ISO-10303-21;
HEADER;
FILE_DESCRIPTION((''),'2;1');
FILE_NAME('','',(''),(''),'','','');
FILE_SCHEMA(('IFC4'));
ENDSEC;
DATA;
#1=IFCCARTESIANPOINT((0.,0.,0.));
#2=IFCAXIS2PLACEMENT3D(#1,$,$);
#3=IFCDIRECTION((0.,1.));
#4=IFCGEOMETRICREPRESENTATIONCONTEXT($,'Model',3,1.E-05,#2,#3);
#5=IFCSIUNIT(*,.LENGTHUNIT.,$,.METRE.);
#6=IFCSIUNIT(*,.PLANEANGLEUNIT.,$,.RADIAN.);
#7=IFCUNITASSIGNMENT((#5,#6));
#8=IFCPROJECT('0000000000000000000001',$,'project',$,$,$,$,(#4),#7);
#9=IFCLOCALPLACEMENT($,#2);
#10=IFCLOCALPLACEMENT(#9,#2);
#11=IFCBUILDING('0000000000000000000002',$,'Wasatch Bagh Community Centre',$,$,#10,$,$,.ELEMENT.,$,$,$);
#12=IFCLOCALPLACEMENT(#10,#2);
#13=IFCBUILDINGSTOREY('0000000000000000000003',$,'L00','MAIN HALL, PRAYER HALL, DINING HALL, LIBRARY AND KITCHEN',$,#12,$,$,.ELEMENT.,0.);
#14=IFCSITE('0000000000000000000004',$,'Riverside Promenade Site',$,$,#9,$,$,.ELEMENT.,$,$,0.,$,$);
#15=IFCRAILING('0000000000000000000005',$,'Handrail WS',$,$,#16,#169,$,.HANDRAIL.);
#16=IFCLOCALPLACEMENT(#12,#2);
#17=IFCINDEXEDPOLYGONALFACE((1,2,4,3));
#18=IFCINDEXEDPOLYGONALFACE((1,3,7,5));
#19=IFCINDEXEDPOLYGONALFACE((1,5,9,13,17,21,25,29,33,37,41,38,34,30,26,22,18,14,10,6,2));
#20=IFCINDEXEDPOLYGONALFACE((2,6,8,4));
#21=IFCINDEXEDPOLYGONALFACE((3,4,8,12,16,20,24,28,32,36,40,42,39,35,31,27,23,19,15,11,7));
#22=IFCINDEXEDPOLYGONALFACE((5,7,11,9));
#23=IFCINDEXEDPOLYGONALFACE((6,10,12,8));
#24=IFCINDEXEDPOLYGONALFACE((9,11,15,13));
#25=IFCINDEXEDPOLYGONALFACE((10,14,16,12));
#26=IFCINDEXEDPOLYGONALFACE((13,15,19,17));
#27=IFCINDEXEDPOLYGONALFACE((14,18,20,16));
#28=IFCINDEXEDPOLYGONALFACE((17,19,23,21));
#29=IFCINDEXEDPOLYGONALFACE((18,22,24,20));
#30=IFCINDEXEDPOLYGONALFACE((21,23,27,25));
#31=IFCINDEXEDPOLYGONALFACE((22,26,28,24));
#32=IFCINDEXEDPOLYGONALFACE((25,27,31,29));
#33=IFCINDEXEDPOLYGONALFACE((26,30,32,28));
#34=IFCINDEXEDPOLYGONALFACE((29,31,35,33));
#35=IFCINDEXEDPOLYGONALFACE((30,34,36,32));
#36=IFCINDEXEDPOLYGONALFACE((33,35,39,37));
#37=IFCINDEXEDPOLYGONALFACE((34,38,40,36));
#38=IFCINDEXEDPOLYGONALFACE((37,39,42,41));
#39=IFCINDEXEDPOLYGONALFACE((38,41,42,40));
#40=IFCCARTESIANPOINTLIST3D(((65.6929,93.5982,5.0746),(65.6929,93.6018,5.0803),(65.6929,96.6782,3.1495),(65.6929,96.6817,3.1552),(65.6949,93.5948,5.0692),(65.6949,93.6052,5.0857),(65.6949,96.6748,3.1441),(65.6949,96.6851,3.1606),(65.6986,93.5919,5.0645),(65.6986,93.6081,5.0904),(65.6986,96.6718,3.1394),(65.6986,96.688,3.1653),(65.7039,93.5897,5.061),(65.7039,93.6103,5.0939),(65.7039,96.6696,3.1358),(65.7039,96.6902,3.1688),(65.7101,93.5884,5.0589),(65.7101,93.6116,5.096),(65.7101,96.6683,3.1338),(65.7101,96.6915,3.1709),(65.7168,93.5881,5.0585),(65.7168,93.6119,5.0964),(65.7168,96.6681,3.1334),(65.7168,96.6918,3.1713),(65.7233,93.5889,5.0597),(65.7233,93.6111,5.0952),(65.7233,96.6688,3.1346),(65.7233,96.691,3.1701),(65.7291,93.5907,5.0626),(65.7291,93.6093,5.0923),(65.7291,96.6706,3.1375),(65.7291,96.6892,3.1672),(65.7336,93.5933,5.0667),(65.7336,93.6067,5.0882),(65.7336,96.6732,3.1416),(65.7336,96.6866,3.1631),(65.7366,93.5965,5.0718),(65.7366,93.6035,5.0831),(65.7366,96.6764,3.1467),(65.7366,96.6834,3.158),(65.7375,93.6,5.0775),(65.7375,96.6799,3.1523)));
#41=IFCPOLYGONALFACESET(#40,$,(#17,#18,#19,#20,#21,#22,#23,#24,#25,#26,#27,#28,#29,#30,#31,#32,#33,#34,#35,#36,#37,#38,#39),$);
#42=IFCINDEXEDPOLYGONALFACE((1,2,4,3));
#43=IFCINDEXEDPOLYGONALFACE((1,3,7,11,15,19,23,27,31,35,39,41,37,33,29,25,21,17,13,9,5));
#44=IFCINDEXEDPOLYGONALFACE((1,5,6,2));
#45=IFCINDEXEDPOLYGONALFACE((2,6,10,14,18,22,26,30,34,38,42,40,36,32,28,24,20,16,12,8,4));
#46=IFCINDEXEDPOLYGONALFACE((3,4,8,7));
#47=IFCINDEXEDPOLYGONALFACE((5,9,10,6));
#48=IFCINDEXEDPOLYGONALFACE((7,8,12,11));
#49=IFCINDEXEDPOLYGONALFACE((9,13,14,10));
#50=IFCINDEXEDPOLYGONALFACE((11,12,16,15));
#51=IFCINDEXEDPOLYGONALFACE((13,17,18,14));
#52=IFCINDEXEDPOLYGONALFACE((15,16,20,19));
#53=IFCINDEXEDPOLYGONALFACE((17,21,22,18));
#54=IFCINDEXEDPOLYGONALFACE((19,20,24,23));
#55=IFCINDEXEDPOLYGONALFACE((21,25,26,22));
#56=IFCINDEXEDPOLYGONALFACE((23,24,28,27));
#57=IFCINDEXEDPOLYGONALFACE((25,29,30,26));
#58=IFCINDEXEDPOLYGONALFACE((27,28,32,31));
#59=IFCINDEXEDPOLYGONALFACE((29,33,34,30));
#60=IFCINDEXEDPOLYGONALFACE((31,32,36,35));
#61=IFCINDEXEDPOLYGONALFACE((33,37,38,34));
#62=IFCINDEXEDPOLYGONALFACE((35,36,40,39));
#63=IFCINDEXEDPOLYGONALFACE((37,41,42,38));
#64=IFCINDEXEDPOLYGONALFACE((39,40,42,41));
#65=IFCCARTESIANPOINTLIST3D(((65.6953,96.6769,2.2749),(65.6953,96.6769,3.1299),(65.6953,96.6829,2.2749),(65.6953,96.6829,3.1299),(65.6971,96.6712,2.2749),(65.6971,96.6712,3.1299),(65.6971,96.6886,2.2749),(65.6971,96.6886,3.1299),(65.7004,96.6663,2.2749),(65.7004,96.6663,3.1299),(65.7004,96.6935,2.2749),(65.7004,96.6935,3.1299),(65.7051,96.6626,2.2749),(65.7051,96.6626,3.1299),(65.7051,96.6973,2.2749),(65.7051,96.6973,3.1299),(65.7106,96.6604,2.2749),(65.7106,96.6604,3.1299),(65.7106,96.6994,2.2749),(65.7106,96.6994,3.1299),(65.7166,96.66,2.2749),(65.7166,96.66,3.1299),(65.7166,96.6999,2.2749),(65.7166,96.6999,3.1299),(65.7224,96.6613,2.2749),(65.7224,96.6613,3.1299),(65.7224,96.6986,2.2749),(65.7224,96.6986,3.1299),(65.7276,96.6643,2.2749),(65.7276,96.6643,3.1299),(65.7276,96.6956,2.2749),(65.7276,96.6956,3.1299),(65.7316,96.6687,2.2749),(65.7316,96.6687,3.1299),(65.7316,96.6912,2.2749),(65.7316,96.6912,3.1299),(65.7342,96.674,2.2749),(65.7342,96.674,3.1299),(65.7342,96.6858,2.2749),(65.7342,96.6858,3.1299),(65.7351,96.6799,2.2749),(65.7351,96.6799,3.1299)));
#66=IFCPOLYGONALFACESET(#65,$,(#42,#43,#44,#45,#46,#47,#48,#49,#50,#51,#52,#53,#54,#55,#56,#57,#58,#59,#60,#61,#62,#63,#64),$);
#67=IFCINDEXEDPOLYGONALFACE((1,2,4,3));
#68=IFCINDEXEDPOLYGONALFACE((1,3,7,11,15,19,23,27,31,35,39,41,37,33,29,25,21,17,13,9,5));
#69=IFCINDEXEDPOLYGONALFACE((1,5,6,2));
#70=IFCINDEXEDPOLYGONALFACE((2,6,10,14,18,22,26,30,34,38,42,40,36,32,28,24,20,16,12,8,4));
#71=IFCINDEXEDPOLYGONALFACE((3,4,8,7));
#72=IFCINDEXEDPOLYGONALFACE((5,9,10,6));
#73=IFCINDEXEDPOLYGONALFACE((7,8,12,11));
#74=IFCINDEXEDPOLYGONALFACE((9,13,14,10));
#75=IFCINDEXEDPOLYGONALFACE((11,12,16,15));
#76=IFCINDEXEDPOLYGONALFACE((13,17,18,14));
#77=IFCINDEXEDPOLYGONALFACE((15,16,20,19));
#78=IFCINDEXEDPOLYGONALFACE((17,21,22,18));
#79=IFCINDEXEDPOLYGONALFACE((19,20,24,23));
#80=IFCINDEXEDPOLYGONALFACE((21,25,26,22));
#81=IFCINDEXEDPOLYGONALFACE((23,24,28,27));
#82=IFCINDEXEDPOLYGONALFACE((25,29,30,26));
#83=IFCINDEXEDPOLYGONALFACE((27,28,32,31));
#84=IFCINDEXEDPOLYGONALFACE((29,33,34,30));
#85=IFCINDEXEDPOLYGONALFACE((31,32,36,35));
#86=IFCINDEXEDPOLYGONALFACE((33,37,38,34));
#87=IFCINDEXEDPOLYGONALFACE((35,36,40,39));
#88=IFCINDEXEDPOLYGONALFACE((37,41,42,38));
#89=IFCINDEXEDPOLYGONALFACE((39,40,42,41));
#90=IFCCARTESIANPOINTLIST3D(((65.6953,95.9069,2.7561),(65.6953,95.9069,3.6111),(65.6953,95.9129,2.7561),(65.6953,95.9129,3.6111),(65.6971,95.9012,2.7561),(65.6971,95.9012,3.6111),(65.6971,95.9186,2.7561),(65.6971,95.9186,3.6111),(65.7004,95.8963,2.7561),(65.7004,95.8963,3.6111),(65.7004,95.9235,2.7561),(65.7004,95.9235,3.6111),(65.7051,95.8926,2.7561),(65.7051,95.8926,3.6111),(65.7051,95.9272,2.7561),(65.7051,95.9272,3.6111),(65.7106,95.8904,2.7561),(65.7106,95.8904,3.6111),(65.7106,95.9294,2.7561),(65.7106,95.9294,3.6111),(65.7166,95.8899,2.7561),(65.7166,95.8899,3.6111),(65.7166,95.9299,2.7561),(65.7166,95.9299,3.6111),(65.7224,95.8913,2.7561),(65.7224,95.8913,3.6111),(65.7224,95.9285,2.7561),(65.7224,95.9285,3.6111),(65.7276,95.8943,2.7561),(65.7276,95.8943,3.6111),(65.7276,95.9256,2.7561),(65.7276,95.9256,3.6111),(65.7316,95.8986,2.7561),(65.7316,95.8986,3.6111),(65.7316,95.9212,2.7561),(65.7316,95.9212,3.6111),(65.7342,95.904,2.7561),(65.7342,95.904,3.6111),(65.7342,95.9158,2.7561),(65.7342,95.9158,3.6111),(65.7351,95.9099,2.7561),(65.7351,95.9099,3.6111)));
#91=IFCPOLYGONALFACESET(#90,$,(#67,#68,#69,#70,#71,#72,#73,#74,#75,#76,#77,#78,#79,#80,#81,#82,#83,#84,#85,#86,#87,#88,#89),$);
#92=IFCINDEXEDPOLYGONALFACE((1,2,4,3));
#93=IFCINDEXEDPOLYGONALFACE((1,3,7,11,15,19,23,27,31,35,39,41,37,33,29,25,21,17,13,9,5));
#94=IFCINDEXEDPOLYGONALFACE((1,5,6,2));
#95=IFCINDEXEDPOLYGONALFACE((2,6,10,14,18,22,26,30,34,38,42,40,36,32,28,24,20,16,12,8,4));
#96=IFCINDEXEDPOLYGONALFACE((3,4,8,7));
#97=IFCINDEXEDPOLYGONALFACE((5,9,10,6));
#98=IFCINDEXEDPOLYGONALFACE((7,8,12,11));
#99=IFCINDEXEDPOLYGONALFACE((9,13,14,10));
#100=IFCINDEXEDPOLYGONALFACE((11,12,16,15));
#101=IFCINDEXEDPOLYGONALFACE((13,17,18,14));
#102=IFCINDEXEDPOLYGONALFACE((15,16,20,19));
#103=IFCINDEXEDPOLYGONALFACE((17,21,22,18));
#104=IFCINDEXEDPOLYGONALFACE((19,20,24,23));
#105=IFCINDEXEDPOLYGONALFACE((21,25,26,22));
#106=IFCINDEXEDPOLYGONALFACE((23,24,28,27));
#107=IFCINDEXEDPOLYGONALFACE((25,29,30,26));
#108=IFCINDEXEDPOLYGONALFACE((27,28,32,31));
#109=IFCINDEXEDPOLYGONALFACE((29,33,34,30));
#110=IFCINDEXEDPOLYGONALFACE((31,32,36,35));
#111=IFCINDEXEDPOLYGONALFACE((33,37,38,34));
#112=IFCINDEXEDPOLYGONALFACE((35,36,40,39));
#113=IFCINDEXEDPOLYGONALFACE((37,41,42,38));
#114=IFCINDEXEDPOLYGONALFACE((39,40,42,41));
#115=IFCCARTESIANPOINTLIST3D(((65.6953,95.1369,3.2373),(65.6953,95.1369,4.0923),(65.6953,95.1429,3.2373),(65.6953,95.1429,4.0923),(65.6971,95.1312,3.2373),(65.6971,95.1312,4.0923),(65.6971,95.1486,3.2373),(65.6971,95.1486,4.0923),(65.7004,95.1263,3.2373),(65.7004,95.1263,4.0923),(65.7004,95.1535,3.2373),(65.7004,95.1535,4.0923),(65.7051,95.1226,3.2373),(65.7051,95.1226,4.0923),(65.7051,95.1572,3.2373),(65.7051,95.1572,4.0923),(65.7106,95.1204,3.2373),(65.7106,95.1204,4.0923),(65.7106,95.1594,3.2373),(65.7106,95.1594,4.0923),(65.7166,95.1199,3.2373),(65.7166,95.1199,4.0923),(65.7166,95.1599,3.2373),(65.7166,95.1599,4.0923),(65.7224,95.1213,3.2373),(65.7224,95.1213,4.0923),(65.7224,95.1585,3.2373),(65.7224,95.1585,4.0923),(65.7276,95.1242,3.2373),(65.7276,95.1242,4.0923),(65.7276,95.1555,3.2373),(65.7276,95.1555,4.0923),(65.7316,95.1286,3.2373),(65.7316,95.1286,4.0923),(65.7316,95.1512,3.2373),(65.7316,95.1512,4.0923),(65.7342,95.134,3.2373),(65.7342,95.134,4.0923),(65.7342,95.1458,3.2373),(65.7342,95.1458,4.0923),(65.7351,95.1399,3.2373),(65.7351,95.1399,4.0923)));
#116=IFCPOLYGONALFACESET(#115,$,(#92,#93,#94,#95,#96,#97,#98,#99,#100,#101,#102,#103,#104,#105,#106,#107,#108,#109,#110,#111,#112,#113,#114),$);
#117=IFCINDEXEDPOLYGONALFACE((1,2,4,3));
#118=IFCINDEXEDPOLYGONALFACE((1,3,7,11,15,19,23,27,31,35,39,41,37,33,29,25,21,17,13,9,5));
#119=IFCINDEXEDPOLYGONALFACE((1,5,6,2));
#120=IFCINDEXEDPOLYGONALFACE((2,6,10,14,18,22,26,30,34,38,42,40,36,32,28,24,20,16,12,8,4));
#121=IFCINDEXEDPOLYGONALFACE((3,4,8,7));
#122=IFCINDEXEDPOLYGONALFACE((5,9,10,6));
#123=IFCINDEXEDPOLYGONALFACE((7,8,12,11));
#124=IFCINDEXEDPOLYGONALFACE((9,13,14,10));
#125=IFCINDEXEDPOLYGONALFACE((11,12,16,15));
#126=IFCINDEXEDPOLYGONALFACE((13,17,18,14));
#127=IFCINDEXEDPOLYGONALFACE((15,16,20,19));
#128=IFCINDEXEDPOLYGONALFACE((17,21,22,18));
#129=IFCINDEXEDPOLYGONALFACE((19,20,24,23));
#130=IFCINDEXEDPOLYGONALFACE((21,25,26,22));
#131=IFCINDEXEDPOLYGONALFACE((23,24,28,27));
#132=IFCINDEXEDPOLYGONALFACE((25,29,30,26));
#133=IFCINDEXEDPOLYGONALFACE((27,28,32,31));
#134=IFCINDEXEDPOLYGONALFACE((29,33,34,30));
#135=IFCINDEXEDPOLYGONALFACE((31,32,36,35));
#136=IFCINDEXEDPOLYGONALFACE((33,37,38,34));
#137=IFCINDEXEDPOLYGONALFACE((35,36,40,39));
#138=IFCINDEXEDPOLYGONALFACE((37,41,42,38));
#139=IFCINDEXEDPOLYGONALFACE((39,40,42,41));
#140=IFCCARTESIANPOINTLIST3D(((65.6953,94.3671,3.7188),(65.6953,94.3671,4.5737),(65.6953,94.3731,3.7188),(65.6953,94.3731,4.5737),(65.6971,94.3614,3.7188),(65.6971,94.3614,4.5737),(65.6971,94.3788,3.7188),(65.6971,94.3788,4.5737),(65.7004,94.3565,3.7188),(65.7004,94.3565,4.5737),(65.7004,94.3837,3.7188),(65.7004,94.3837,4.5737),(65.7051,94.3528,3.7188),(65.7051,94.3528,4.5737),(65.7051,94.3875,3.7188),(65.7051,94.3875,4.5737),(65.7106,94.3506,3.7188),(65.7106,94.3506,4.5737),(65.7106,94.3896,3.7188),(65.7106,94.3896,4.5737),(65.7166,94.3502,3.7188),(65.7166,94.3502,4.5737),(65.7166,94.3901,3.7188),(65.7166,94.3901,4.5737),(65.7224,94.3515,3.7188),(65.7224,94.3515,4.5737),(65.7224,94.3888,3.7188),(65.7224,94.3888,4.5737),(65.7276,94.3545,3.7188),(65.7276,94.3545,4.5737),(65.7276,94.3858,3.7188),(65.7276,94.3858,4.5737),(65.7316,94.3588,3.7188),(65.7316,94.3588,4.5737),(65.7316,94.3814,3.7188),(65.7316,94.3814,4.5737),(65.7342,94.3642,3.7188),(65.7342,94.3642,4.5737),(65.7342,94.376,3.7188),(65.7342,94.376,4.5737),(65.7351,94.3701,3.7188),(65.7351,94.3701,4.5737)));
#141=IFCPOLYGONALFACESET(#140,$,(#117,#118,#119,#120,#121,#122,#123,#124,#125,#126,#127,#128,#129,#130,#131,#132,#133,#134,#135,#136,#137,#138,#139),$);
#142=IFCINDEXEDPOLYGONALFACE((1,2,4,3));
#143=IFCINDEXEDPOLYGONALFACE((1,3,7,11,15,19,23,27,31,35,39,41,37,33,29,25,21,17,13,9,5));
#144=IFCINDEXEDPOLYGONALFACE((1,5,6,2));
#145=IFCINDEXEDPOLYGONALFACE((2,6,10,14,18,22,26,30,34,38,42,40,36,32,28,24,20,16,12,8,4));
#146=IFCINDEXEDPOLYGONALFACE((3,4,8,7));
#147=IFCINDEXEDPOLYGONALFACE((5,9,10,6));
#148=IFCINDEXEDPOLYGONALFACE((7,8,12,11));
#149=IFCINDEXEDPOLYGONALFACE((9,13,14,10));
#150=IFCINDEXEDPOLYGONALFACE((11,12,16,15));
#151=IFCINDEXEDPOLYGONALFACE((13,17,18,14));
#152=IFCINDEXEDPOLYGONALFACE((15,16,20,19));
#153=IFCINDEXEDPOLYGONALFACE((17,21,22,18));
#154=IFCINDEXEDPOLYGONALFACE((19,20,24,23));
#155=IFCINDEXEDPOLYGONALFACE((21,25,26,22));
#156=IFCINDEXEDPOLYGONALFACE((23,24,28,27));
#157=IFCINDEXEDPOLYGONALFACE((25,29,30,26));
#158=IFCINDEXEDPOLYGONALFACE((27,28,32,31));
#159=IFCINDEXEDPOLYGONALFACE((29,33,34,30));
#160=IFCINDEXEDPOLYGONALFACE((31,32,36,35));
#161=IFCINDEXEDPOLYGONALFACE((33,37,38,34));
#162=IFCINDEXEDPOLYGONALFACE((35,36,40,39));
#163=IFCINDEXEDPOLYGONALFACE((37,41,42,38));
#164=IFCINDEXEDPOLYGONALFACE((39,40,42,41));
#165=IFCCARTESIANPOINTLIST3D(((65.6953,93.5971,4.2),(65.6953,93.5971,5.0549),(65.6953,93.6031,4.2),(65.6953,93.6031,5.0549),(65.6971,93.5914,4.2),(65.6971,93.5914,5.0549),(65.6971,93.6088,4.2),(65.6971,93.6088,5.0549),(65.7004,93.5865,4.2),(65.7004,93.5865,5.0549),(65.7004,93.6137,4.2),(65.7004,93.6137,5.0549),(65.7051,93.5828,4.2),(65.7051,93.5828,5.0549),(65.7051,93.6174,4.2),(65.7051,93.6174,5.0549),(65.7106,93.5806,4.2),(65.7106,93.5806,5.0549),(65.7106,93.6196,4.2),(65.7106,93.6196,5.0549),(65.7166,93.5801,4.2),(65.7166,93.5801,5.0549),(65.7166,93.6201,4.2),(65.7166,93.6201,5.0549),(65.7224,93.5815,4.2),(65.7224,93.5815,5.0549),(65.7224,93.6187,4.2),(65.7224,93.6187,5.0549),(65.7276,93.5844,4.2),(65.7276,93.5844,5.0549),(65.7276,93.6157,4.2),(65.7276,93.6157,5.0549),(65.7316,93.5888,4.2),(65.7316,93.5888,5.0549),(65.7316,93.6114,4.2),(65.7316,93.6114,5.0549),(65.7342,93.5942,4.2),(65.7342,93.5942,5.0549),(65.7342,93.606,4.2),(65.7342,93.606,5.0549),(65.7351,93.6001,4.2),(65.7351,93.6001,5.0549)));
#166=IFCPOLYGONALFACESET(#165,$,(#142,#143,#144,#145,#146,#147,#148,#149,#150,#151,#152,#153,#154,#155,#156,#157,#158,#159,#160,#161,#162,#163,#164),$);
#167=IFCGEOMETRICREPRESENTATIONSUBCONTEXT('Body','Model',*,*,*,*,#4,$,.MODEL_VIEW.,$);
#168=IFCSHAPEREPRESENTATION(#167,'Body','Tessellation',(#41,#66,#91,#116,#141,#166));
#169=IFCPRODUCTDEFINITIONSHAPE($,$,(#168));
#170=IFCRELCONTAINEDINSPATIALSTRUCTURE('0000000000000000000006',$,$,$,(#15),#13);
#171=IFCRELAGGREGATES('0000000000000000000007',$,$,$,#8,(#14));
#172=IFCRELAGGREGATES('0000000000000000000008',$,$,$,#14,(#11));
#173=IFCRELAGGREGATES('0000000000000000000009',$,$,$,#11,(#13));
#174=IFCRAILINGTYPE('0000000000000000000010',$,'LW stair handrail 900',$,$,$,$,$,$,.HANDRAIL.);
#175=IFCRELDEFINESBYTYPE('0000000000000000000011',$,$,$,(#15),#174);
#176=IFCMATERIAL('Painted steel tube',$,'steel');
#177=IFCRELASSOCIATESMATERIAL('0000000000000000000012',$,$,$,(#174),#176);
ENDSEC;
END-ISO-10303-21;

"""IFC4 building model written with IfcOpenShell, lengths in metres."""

from ifc_helpers import new_model, si_unit, direction, frame, origin, origin_2d, place, context, subcontext, project, spatial, circle, extrude, material, type_object, element, save


model = new_model("IFC4")

# Units and contexts
model_context = context("Model", 3, precision=1e-05, world=origin(), true_north=direction((0.0, 1.0)))
body_context = subcontext(model_context, "Body", "Model", "MODEL_VIEW")
ifc_project = project(units=[si_unit("LENGTHUNIT", "METRE"), si_unit("PLANEANGLEUNIT", "RADIAN")], contexts=[model_context])

# Site, building, storey
site_placement = place(None, origin())
site = spatial("IfcSite", under=ifc_project, at=site_placement, Name="Riverside Promenade Site", CompositionType="ELEMENT", RefElevation=0.0)
building_placement = place(site_placement, origin())
building = spatial("IfcBuilding", under=site, at=building_placement, Name="Wasatch Bagh Community Centre", CompositionType="ELEMENT")
storey_placement = place(building_placement, origin())
storey = spatial("IfcBuildingStorey", under=building, at=storey_placement, Name="L00", Description="MAIN HALL, PRAYER HALL, DINING HALL, LIBRARY AND KITCHEN", CompositionType="ELEMENT", Elevation=0.0)

# Railing
ifc_material_1 = material(Name="Painted steel tube", Category="steel")
railing_type_1 = type_object("IfcRailingType", Name="LW stair handrail 900", PredefinedType="HANDRAIL", material=ifc_material_1)
for number, where, name in (
    (1, (65.7151, 96.6799, 2.2749), "Handrail WS"),
):
    element("IfcRailing", number, at=place(storey_placement, frame(where)), inside=storey, type_object=railing_type_1, Name=name, PredefinedType="HANDRAIL", context=body_context, shape_type="SweptSolid", body=[
        extrude(circle(Radius=0.0225, at=origin_2d()), frame((0.0, 0.0, 0.8774), z_axis=(0.0, -0.847979, 0.530029), x_axis=(1.0, 0.0, 0.0)), (0.0, 0.0, 1.0), 3.6321),
        extrude(circle(Radius=0.02, at=origin_2d()), origin(), (0.0, 0.0, 1.0), 0.855),
        extrude(circle(Radius=0.02, at=origin_2d()), frame((0.0, -0.77, 0.4812)), (0.0, 0.0, 1.0), 0.855),
        extrude(circle(Radius=0.02, at=origin_2d()), frame((0.0, -1.54, 0.9624)), (0.0, 0.0, 1.0), 0.855),
        extrude(circle(Radius=0.02, at=origin_2d()), frame((0.0, -2.3098, 1.4438)), (0.0, 0.0, 1.0), 0.855),
        extrude(circle(Radius=0.02, at=origin_2d()), frame((0.0, -3.0798, 1.925)), (0.0, 0.0, 1.0), 0.855),
    ])

save(model, "model.ifc")
